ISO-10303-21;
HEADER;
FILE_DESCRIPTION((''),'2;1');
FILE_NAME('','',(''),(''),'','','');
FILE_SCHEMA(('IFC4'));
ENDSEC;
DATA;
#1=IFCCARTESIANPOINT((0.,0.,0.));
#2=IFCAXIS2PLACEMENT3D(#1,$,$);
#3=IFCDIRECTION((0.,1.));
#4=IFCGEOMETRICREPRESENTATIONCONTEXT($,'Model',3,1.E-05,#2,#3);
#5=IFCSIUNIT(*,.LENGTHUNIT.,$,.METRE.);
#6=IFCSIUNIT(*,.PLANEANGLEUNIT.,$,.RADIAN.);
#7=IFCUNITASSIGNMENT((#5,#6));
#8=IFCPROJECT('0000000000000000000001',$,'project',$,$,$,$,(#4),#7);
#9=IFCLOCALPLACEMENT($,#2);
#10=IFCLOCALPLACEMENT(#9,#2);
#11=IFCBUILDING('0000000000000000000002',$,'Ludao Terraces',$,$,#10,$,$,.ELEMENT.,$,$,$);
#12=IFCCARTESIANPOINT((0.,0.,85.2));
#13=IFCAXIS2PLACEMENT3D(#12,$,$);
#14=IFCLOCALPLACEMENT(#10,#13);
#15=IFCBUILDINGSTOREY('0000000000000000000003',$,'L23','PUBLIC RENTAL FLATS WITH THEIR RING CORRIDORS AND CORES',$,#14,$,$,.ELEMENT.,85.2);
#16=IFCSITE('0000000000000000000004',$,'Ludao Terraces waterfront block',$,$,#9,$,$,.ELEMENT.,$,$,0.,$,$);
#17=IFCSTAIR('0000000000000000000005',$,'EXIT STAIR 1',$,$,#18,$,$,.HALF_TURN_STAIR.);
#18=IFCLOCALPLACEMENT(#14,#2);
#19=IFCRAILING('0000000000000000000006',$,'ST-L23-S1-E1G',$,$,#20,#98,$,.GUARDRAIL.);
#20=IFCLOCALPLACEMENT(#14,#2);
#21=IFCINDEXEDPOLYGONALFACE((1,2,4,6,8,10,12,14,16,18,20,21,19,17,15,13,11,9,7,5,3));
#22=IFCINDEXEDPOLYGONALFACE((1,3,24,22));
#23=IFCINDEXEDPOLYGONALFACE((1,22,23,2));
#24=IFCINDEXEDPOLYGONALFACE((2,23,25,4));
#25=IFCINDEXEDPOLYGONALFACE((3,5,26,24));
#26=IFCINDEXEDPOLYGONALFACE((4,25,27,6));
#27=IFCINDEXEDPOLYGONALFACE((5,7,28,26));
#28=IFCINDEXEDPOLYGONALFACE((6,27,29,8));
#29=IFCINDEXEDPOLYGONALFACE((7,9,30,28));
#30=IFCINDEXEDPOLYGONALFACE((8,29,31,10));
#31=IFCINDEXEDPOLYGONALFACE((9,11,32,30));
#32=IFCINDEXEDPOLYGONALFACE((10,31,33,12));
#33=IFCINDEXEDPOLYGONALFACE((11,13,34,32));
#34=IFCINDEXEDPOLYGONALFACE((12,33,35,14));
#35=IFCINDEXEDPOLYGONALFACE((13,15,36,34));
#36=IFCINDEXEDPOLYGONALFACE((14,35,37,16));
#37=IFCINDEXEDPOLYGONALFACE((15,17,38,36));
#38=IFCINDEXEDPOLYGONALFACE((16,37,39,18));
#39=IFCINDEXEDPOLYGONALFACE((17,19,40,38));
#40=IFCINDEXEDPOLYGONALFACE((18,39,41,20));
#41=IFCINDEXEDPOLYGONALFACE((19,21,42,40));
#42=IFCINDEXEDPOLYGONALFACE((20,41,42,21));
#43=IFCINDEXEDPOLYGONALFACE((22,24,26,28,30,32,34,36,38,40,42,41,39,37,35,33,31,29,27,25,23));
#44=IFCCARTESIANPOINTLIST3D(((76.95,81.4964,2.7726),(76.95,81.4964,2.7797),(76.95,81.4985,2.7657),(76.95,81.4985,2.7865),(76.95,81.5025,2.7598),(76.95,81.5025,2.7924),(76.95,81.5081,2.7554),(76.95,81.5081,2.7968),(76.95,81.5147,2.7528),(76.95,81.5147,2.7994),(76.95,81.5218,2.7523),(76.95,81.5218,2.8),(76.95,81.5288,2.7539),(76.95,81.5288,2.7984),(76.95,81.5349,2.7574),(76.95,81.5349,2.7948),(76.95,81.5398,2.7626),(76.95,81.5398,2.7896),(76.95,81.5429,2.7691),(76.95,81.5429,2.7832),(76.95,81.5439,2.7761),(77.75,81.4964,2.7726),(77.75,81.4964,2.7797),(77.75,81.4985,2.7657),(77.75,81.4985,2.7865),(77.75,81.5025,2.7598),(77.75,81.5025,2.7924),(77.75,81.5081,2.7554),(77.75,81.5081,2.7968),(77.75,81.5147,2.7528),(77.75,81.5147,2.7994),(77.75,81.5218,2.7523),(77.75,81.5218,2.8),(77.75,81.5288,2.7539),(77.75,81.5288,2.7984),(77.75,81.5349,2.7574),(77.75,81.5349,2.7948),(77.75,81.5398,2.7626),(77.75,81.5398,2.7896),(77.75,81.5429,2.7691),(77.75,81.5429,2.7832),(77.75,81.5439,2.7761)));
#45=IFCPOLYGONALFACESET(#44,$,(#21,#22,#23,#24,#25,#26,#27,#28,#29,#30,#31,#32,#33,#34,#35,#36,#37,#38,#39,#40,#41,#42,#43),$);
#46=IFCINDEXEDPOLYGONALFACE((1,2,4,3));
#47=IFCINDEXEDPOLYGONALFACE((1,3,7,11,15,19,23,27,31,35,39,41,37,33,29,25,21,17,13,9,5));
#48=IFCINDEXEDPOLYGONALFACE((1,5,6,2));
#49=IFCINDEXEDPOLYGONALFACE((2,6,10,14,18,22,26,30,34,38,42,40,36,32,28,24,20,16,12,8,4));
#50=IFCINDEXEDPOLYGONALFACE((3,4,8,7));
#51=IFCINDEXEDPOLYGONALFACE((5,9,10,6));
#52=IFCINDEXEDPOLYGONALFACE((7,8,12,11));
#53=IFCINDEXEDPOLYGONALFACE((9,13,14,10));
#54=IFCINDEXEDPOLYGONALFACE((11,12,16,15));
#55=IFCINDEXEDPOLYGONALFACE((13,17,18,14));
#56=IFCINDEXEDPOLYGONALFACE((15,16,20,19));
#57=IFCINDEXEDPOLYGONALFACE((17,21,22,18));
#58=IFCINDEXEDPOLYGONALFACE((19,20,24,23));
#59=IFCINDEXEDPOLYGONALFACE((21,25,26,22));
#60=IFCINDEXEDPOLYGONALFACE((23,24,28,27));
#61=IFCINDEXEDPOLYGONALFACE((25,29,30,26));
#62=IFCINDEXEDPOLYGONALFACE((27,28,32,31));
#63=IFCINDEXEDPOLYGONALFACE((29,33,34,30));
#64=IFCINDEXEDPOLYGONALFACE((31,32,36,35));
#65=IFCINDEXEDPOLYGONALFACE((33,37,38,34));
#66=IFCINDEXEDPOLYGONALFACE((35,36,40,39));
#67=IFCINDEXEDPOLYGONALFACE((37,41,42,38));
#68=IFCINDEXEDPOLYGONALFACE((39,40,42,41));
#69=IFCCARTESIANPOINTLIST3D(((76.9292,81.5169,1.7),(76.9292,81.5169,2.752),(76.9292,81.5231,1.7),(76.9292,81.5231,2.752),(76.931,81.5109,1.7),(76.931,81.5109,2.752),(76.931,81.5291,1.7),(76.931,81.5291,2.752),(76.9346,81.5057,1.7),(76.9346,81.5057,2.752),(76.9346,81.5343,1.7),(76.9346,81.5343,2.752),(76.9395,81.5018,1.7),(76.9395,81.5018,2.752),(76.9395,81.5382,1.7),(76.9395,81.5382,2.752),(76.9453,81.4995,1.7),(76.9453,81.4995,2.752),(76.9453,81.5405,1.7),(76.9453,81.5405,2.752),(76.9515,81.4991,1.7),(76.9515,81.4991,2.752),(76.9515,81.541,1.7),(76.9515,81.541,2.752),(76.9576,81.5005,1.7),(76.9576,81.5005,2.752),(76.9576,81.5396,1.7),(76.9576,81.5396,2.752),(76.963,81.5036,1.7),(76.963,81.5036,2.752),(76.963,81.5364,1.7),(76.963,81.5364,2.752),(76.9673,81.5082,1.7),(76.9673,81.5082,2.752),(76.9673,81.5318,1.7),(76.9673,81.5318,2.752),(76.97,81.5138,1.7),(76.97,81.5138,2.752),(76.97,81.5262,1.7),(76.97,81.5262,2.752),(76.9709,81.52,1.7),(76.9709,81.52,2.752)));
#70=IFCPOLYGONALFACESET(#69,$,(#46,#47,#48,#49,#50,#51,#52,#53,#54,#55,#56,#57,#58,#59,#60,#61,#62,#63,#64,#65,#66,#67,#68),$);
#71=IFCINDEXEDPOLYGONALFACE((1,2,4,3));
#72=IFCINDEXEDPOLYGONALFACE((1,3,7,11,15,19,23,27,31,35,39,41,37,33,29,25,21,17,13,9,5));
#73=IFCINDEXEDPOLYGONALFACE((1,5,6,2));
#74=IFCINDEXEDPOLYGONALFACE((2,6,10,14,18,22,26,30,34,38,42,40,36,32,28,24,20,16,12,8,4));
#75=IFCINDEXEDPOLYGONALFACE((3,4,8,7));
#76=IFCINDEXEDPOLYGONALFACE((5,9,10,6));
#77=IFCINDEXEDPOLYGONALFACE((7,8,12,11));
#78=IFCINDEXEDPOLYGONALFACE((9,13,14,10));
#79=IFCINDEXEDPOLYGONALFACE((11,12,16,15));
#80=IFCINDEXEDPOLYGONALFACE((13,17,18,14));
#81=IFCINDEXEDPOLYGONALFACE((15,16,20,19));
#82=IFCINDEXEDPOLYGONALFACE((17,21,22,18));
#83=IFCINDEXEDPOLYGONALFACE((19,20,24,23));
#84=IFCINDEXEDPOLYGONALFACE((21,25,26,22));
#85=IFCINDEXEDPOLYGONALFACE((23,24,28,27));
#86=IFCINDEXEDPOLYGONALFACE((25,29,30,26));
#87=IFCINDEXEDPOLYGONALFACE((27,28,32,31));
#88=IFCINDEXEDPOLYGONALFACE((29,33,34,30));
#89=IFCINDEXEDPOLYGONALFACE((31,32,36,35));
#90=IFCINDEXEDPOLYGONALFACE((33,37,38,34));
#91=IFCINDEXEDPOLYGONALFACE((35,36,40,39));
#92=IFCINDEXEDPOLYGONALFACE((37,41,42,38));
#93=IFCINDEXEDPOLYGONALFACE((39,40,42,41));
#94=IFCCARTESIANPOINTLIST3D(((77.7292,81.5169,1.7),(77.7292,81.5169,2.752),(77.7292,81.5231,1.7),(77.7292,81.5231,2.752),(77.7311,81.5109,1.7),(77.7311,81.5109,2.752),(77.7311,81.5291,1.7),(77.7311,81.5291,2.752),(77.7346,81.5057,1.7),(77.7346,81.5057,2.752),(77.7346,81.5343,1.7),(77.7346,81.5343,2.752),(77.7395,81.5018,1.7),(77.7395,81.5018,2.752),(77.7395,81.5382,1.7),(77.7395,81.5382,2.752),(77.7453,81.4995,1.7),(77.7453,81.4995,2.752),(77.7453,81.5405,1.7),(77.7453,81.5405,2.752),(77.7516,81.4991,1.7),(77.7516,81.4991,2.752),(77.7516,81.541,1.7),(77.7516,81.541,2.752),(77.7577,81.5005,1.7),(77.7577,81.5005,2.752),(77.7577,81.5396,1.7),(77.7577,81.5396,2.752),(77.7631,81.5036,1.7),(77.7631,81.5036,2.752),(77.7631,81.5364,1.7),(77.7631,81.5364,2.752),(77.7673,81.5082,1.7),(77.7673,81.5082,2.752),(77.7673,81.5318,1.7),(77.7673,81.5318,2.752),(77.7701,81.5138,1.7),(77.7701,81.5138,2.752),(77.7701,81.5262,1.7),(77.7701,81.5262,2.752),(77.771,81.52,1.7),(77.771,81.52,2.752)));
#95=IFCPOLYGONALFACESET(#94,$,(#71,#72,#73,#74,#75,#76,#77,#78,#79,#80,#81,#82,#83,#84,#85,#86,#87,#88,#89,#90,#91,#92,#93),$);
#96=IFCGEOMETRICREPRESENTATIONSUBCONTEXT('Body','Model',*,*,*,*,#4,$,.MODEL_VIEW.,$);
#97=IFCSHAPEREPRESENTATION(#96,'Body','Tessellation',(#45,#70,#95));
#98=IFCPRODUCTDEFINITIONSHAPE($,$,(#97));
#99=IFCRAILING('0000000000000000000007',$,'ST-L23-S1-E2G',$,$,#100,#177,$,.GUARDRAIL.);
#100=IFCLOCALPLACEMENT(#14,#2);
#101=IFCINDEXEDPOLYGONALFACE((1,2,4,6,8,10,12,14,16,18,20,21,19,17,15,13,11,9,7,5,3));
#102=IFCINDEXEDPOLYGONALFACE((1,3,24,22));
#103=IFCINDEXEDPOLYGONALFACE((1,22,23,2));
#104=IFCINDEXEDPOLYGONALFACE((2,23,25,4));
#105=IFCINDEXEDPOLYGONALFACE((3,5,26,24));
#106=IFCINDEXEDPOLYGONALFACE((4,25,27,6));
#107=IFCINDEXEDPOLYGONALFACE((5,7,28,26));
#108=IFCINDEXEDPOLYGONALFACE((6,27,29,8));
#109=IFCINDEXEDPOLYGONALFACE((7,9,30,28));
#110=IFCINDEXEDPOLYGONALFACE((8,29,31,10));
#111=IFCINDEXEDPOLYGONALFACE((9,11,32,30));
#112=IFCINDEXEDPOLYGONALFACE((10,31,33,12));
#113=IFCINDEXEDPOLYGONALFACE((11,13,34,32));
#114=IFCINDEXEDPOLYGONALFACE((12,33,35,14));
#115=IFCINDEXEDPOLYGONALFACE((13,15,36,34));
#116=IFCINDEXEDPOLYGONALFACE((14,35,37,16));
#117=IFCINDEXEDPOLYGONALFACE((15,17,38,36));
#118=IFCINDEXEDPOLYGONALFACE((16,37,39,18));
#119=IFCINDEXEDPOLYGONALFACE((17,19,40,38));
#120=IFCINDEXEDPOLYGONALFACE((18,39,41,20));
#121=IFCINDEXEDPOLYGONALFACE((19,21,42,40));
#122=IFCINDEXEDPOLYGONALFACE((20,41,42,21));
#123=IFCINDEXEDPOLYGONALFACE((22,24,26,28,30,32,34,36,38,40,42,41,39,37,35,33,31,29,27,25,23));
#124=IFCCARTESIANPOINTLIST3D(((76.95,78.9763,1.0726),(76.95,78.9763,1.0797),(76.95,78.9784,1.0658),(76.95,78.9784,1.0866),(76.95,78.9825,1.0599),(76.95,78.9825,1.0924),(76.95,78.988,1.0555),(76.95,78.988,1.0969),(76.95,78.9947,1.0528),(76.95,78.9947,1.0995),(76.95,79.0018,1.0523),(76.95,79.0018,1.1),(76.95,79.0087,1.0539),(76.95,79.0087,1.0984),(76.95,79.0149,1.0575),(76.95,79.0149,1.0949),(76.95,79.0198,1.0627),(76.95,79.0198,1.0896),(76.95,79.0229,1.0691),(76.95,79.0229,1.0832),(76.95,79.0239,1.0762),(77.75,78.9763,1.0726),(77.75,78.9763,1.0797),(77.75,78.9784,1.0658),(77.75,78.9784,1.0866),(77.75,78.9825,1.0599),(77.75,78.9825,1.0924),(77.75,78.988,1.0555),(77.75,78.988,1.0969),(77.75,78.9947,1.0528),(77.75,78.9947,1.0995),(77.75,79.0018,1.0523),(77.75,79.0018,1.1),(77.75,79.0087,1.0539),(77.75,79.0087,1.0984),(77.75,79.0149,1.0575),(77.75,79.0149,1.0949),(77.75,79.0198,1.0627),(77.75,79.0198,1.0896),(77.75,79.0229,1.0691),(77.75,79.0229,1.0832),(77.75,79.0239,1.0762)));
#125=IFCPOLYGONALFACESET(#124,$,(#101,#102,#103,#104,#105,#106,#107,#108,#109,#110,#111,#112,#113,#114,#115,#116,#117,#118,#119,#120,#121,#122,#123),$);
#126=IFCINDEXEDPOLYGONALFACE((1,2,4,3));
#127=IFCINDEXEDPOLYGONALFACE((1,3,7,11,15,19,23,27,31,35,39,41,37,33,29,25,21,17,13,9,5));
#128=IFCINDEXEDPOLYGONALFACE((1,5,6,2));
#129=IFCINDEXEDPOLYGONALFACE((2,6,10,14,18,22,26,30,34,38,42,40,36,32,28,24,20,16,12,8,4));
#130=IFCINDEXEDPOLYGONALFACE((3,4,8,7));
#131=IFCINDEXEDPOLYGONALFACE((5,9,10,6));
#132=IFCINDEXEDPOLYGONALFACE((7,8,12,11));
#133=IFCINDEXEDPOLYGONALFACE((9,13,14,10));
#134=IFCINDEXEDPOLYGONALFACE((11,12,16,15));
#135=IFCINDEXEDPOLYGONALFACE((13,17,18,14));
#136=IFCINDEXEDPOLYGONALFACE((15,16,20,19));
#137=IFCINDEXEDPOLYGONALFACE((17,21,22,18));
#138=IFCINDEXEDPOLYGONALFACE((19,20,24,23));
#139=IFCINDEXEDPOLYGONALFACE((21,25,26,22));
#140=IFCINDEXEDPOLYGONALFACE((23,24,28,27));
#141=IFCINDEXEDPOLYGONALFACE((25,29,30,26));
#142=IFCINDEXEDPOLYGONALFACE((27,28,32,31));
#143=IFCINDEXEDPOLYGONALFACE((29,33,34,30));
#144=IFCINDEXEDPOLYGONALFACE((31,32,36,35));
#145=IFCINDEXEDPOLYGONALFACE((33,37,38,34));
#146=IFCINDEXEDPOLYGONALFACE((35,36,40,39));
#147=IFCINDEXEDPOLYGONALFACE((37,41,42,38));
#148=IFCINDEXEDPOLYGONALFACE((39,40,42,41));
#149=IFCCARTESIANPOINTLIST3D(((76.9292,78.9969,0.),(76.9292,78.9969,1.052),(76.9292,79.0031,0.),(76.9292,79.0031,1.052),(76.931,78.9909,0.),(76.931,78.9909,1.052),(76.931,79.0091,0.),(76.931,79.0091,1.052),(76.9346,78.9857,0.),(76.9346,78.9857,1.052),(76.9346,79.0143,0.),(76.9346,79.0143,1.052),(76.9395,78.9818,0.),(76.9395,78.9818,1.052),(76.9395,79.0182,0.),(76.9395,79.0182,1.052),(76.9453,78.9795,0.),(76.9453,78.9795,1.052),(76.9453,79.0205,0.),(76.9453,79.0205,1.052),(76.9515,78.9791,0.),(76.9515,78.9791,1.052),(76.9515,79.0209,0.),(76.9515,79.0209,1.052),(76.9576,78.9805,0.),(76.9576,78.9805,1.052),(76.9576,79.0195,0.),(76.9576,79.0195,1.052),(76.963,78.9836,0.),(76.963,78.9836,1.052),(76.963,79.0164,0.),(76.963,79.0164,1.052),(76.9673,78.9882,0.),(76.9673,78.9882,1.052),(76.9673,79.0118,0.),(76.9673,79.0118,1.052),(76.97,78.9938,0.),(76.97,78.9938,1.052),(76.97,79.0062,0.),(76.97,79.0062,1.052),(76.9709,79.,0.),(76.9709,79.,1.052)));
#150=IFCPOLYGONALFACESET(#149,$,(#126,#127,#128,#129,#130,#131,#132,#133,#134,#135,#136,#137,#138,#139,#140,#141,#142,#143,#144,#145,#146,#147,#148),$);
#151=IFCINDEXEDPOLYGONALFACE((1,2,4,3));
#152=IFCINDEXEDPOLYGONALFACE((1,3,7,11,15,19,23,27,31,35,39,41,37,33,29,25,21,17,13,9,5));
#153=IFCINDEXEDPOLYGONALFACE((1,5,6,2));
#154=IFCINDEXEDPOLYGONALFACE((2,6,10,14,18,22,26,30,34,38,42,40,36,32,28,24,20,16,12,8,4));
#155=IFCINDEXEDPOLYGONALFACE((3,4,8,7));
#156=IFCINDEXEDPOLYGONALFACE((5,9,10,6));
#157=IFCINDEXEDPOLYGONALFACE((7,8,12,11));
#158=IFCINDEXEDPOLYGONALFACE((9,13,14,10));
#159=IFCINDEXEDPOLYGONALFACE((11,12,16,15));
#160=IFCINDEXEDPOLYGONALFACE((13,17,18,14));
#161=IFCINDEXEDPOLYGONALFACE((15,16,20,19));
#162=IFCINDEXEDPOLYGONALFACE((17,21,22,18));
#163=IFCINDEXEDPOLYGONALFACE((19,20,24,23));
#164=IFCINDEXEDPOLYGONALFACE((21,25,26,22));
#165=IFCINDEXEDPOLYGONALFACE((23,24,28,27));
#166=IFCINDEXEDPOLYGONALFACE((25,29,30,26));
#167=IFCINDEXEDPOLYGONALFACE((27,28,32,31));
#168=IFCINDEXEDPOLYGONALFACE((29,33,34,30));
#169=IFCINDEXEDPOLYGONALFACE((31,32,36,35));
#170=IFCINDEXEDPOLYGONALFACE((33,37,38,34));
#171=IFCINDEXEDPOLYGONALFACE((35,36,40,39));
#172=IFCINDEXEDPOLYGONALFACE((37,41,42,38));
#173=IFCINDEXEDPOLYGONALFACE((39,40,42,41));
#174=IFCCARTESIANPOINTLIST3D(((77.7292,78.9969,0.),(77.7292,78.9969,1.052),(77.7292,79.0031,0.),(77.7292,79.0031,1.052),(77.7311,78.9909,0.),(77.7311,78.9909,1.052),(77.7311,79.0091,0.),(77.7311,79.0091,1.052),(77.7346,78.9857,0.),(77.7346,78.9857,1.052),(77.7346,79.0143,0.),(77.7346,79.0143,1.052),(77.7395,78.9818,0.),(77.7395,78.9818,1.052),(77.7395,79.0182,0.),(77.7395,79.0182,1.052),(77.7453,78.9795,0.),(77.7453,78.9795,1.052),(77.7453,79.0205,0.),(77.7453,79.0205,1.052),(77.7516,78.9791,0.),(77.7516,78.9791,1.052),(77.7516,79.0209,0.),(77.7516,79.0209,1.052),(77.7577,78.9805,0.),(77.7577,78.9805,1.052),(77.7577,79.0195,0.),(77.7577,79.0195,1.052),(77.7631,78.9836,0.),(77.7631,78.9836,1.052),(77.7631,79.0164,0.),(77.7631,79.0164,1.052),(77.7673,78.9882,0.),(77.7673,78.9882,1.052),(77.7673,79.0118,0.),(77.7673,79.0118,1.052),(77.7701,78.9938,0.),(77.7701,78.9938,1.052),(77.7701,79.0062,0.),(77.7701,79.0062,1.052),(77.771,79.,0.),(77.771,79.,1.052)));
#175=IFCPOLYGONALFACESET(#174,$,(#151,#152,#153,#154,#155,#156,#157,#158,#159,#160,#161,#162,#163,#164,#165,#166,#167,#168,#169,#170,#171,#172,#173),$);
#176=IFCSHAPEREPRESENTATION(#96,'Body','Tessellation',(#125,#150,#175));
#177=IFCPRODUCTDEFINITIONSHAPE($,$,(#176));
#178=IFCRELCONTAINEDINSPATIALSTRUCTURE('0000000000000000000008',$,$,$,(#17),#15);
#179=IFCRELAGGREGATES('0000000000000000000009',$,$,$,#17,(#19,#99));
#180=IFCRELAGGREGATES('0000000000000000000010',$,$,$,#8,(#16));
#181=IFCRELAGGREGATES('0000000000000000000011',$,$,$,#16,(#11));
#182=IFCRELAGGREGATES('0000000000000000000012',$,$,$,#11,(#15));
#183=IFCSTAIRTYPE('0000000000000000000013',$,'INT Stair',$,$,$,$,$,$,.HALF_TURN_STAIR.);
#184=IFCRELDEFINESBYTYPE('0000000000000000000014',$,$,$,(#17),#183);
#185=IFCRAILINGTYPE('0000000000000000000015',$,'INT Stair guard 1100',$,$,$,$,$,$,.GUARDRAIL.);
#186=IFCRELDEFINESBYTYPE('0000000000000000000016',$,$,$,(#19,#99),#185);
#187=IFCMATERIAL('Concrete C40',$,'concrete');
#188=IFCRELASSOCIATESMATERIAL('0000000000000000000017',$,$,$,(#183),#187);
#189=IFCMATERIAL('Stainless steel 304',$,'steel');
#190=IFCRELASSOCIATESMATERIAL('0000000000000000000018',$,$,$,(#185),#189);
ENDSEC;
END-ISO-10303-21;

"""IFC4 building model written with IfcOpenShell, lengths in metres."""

from ifc_helpers import new_model, si_unit, direction, frame, origin, origin_2d, place, context, subcontext, project, spatial, circle, extrude, material, type_object, element, aggregate, save


model = new_model("IFC4")

# Units and contexts
model_context = context("Model", 3, precision=1e-05, world=origin(), true_north=direction((0.0, 1.0)))
body_context = subcontext(model_context, "Body", "Model", "MODEL_VIEW")
ifc_project = project(units=[si_unit("LENGTHUNIT", "METRE"), si_unit("PLANEANGLEUNIT", "RADIAN")], contexts=[model_context])

# Site, building, storey
site_placement = place(None, origin())
site = spatial("IfcSite", under=ifc_project, at=site_placement, Name="Ludao Terraces waterfront block", CompositionType="ELEMENT", RefElevation=0.0)
building_placement = place(site_placement, origin())
building = spatial("IfcBuilding", under=site, at=building_placement, Name="Ludao Terraces", CompositionType="ELEMENT")
storey_placement = place(building_placement, frame((0.0, 0.0, 85.2)))
storey = spatial("IfcBuildingStorey", under=building, at=storey_placement, Name="L23", Description="PUBLIC RENTAL FLATS WITH THEIR RING CORRIDORS AND CORES", CompositionType="ELEMENT", Elevation=85.2)

# Shared definitions
ifc_material_1 = material(Name="Stainless steel 304", Category="steel")

# Stair, railings
ifc_material_2 = material(Name="Concrete C40", Category="concrete")
stair_type = type_object("IfcStairType", Name="INT Stair", PredefinedType="HALF_TURN_STAIR", material=ifc_material_2)
stair_placement = place(storey_placement, origin())
stair = element("IfcStair", 1, at=stair_placement, inside=storey, type_object=stair_type, Name="EXIT STAIR 1", PredefinedType="HALF_TURN_STAIR")
railing_type_1 = type_object("IfcRailingType", Name="INT Stair guard 1100", PredefinedType="GUARDRAIL", material=ifc_material_1)
railing_1_placement = place(storey_placement, frame((76.95, 81.52, 1.7)))
railing_1 = element("IfcRailing", 2, at=railing_1_placement, type_object=railing_type_1, Name="ST-L23-S1-E1G", PredefinedType="GUARDRAIL", context=body_context, shape_type="SweptSolid", body=[
    extrude(circle(Radius=0.0239, at=origin_2d()), frame((0.0, 0.0, 1.0762), z_axis=(1.0, 0.0, 0.0), x_axis=(0.0, 1.0, 0.0)), (0.0, 0.0, 1.0), 0.8),
    extrude(circle(Radius=0.021, at=origin_2d()), origin(), (0.0, 0.0, 1.0), 1.052),
    extrude(circle(Radius=0.021, at=origin_2d()), frame((0.8, 0.0, 0.0)), (0.0, 0.0, 1.0), 1.052),
])
railing_2_placement = place(storey_placement, frame((76.95, 79.0, 0.0)))
railing_2 = element("IfcRailing", 3, at=railing_2_placement, type_object=railing_type_1, Name="ST-L23-S1-E2G", PredefinedType="GUARDRAIL", context=body_context, shape_type="SweptSolid", body=[
    extrude(circle(Radius=0.0239, at=origin_2d()), frame((0.0, 0.0, 1.0762), z_axis=(1.0, 0.0, 0.0), x_axis=(0.0, 1.0, 0.0)), (0.0, 0.0, 1.0), 0.8),
    extrude(circle(Radius=0.021, at=origin_2d()), origin(), (0.0, 0.0, 1.0), 1.052),
    extrude(circle(Radius=0.021, at=origin_2d()), frame((0.8, 0.0, 0.0)), (0.0, 0.0, 1.0), 1.052),
])
aggregate(stair, [railing_1, railing_2])

save(model, "model.ifc")
